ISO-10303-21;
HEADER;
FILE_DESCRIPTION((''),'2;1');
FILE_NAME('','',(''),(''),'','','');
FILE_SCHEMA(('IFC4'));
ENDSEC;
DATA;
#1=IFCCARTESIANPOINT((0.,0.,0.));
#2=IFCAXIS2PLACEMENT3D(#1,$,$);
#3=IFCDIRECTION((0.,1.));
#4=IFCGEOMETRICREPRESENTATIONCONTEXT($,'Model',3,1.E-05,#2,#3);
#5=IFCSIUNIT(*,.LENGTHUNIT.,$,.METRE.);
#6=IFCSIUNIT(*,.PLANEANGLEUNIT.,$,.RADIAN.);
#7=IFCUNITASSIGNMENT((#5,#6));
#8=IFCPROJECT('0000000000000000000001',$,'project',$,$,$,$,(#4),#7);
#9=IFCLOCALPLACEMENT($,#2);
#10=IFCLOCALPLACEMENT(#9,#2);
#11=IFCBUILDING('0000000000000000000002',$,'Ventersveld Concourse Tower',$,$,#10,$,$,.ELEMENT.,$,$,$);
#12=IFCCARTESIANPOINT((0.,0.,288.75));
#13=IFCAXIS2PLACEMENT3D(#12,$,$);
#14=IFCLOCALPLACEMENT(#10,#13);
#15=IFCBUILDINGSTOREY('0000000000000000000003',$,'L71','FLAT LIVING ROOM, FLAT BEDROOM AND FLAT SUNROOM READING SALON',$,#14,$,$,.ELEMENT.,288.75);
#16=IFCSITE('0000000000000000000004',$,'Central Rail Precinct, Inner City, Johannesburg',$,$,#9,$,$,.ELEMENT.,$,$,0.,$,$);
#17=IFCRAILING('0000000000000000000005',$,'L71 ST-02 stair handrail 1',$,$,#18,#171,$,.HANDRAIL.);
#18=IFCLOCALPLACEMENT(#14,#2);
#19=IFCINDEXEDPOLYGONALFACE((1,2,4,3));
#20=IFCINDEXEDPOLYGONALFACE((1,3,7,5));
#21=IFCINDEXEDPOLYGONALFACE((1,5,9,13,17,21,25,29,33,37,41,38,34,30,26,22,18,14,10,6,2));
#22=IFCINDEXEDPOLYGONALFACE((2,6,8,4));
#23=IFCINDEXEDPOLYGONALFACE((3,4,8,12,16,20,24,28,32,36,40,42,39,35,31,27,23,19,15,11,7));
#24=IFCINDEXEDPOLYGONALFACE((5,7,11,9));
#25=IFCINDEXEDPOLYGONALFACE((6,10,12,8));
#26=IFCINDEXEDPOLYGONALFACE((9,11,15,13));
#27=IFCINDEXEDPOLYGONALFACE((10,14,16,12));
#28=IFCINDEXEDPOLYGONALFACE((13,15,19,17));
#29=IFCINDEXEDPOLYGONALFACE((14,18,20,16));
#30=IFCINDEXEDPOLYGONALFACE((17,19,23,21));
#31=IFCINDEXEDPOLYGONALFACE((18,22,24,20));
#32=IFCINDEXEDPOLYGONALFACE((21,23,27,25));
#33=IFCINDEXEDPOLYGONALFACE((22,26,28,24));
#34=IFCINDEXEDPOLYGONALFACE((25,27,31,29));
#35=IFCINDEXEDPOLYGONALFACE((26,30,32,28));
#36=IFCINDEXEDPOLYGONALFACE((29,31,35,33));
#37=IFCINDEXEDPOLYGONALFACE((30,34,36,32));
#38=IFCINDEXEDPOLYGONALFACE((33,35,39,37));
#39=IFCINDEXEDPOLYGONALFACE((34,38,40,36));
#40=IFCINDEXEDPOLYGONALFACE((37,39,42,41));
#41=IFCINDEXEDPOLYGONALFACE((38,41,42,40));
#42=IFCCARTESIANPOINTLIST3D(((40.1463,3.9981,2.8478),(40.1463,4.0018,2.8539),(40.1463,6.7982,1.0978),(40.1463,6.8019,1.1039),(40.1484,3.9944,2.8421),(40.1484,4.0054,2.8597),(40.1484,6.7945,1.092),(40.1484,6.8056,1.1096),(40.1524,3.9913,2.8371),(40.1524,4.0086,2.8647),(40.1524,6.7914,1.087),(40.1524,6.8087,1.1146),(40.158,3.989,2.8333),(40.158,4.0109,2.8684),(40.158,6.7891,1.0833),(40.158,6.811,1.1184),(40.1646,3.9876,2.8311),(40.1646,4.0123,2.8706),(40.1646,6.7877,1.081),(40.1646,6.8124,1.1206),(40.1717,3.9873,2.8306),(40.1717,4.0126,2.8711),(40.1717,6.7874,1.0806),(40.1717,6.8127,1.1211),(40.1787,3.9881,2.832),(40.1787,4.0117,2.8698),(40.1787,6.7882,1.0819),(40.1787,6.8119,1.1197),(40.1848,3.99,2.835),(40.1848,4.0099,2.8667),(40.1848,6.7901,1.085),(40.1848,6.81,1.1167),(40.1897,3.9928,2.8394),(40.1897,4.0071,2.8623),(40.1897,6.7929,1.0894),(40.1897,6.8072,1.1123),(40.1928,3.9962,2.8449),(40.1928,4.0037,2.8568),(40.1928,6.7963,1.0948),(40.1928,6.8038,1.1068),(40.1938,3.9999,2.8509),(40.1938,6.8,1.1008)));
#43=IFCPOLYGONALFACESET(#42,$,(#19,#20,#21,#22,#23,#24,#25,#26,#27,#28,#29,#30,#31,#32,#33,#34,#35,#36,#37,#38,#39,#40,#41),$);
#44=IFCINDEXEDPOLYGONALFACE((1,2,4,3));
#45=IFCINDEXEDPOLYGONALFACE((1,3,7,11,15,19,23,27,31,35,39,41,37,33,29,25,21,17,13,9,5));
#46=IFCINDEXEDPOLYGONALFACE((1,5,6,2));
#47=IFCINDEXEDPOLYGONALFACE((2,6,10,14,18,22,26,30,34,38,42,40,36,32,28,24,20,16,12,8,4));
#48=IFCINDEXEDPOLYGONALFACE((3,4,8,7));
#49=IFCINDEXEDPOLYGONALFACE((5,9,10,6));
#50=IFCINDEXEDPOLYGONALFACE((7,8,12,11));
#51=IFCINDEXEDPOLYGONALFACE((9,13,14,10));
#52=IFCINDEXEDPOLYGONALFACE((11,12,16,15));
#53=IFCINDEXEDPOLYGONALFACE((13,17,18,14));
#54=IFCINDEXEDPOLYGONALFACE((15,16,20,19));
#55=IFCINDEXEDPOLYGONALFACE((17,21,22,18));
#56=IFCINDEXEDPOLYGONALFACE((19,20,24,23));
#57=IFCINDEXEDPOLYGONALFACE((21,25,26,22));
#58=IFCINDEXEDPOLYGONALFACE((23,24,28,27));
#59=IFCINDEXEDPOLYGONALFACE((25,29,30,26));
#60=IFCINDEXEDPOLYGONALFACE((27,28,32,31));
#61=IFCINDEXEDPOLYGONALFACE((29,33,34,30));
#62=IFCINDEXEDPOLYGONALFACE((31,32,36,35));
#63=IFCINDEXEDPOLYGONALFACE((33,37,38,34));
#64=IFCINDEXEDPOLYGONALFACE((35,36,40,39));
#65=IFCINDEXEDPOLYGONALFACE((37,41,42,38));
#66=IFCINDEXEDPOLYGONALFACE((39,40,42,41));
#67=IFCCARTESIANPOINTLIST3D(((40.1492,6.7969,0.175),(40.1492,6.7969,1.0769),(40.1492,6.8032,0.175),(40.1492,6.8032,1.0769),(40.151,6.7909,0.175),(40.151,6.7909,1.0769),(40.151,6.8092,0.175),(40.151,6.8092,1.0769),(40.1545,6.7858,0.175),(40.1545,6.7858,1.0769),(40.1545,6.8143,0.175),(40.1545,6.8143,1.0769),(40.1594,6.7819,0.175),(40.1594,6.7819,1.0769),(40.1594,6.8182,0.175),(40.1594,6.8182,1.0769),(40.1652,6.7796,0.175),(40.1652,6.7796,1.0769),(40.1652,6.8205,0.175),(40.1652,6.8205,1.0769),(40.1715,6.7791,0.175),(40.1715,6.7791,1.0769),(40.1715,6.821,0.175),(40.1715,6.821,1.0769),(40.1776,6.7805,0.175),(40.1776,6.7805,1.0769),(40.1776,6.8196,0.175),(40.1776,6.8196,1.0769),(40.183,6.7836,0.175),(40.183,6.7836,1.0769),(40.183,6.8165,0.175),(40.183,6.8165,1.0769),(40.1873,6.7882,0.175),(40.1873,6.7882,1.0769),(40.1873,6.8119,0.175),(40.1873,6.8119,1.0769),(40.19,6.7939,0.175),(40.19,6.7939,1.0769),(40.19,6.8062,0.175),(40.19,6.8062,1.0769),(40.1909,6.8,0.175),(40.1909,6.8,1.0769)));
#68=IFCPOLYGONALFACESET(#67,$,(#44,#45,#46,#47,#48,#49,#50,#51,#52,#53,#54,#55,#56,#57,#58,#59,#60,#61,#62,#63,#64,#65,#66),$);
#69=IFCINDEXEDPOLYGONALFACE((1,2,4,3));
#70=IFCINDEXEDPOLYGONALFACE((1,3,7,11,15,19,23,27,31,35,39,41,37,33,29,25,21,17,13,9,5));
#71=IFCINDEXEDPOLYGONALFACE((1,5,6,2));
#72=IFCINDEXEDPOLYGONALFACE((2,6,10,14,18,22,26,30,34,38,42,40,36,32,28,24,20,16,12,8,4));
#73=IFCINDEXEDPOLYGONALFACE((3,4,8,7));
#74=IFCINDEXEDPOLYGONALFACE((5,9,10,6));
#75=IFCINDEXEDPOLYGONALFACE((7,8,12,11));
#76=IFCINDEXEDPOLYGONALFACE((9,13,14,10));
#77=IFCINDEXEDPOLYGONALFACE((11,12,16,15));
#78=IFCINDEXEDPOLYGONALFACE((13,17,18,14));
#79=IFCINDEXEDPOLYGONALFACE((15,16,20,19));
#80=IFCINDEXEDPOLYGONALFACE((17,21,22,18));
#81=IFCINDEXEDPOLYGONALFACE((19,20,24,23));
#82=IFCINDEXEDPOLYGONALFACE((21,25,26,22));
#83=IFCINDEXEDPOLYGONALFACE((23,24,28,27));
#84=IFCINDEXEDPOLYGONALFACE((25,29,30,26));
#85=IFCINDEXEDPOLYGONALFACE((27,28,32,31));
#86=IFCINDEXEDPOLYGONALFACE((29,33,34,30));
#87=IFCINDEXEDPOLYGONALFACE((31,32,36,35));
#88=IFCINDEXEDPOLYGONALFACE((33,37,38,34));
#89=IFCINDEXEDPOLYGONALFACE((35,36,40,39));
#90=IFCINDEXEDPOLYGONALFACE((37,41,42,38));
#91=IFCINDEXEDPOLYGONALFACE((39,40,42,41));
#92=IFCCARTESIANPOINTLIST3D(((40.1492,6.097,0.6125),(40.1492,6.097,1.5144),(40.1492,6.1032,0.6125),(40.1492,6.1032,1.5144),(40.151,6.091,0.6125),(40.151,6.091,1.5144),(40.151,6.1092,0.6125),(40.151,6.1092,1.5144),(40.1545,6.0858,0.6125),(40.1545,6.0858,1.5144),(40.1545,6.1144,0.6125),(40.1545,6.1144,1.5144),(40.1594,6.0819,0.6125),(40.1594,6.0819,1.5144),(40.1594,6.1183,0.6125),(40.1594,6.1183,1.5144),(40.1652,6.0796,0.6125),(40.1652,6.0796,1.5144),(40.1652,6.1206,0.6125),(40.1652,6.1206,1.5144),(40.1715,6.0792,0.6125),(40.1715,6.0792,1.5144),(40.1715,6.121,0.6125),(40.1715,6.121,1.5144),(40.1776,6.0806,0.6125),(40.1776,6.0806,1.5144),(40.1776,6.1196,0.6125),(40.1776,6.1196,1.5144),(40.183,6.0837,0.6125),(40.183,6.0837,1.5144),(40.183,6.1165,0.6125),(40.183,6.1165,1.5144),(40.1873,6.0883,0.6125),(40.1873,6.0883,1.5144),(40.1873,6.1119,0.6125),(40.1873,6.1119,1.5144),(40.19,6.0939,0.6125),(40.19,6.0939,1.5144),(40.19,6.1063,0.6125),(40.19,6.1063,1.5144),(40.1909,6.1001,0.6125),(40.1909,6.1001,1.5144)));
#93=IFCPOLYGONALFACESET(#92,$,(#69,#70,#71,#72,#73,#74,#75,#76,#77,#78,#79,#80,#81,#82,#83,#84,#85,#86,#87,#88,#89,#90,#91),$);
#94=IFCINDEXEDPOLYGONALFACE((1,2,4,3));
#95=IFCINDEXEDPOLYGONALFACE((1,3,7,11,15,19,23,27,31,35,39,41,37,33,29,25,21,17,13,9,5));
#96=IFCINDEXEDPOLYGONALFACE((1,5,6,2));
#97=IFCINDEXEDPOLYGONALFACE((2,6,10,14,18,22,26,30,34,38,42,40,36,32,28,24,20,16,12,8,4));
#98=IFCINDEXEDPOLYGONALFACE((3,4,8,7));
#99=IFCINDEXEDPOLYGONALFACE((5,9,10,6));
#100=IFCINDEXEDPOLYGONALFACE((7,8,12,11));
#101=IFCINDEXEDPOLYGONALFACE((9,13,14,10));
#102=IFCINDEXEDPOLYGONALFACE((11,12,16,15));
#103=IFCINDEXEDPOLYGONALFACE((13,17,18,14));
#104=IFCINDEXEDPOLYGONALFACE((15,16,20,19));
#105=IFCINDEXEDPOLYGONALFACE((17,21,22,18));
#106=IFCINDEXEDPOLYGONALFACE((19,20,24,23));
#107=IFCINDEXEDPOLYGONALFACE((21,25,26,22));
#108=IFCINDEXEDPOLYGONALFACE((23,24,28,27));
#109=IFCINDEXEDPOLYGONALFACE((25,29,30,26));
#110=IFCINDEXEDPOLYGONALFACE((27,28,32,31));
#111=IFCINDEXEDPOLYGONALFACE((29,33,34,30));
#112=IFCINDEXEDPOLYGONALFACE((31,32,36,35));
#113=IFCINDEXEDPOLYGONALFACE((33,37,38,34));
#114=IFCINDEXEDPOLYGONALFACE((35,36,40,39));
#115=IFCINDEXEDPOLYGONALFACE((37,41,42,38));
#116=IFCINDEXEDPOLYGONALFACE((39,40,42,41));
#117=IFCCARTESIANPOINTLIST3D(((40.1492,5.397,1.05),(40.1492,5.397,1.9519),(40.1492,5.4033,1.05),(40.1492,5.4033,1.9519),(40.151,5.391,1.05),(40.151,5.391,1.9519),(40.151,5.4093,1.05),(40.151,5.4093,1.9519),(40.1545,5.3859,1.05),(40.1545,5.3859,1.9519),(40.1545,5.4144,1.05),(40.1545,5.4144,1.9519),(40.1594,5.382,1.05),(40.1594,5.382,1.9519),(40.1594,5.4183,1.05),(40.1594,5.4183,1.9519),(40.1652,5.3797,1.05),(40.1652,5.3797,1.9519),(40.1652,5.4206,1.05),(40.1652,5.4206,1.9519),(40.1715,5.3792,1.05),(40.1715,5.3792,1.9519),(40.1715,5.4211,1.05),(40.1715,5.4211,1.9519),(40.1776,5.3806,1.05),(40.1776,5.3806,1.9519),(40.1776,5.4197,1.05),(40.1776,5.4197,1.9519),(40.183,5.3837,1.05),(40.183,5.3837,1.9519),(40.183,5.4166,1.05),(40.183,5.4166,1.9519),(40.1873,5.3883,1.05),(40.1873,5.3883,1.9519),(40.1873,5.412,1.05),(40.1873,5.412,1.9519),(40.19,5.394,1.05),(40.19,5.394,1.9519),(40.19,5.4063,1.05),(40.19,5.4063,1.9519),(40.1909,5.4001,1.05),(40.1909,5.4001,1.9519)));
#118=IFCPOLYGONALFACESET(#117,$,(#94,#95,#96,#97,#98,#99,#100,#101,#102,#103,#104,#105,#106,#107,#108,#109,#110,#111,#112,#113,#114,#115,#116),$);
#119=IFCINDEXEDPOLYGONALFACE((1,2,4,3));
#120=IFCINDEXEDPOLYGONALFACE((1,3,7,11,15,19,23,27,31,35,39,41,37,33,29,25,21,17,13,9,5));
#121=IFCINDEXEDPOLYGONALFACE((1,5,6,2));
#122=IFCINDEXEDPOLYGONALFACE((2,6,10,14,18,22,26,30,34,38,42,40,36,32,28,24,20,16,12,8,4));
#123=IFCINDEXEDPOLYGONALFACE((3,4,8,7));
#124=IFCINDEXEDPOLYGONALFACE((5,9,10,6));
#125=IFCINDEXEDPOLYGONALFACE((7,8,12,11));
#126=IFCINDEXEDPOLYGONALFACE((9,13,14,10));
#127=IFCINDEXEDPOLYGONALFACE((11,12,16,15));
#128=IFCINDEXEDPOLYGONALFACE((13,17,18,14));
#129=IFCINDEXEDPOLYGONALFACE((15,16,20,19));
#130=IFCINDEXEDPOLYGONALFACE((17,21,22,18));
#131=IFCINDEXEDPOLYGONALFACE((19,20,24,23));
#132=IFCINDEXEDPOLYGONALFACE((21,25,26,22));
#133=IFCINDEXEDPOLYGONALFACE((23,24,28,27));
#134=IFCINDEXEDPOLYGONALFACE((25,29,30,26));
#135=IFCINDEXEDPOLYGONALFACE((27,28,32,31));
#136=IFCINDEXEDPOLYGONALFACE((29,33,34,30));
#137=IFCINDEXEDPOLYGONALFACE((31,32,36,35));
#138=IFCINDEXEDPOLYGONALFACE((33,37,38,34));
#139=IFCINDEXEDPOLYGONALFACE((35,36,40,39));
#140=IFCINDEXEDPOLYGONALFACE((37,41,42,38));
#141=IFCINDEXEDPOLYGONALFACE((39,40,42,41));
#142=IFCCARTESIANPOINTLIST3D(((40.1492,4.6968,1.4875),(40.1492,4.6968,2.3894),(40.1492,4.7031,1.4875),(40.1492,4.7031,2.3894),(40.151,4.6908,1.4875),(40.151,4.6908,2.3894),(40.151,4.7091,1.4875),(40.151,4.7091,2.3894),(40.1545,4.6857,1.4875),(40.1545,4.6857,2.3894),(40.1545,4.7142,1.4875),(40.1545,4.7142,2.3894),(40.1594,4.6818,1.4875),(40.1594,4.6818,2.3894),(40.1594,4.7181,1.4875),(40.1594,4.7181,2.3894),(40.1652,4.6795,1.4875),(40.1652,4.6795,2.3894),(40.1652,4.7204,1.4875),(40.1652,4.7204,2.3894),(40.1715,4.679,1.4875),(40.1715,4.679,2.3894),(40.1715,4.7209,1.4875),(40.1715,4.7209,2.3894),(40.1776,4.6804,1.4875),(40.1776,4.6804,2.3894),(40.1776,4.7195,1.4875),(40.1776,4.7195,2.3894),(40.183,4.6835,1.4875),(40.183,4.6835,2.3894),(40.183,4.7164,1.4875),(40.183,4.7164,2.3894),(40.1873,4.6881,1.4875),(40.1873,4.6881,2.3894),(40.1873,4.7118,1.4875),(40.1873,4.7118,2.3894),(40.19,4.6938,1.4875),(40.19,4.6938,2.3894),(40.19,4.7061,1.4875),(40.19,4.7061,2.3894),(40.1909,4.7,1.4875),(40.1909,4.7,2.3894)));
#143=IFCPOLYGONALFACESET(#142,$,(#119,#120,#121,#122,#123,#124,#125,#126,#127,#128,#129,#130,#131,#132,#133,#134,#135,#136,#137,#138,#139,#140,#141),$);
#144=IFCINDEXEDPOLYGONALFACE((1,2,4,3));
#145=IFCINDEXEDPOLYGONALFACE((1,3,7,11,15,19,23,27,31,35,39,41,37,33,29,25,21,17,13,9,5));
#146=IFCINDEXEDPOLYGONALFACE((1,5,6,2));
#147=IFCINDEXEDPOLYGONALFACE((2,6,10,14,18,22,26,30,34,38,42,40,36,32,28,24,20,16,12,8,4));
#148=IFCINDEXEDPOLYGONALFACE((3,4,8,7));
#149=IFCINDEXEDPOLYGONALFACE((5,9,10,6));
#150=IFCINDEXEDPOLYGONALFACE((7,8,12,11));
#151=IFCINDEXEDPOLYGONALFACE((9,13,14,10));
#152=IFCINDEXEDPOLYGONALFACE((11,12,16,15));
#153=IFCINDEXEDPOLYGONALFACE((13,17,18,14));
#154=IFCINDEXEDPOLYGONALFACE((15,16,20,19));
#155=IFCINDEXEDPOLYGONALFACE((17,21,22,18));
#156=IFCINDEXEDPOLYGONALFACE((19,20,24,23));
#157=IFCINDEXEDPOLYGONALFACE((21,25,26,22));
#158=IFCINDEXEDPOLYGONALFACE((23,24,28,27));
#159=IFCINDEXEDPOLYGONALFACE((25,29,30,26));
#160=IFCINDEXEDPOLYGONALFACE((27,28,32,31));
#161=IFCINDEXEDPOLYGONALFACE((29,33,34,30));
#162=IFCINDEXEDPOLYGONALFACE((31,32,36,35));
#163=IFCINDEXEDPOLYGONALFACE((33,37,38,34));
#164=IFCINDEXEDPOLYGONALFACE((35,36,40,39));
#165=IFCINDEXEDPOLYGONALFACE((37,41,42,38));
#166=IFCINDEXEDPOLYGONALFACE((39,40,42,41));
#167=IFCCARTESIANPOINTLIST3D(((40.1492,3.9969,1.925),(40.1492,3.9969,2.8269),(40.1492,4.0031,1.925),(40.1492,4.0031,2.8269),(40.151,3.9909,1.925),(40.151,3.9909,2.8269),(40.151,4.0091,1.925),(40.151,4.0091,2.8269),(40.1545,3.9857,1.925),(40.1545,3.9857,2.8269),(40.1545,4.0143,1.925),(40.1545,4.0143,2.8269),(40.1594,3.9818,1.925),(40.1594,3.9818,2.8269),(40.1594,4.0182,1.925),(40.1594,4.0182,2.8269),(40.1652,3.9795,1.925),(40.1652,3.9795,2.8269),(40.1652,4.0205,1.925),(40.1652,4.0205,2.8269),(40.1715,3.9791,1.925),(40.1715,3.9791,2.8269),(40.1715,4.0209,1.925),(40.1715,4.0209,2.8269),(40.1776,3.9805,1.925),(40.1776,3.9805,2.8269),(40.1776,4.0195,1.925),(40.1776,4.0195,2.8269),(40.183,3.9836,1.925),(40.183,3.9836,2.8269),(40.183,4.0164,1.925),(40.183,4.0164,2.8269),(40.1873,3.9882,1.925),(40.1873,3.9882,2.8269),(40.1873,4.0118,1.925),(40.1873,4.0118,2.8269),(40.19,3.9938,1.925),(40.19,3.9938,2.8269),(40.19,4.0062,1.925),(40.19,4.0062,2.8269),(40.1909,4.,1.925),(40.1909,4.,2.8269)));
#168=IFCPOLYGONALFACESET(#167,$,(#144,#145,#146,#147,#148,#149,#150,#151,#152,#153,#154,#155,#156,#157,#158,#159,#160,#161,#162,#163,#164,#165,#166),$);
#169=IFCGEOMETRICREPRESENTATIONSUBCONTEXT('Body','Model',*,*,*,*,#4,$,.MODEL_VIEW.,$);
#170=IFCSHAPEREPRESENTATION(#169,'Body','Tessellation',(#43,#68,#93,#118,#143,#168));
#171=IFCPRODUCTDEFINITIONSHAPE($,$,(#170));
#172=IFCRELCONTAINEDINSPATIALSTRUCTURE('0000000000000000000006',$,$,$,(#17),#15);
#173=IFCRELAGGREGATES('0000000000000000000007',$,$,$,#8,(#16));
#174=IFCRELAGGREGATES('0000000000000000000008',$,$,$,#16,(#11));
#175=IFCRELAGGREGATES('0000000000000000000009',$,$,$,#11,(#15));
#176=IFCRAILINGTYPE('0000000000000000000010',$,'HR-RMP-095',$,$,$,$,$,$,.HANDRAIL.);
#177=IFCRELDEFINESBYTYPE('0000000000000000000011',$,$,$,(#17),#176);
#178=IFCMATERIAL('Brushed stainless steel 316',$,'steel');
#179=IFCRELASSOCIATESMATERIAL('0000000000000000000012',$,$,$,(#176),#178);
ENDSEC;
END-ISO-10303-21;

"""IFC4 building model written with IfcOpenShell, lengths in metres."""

from ifc_helpers import new_model, si_unit, direction, frame, origin, origin_2d, place, context, subcontext, project, spatial, circle, extrude, material, type_object, element, save


model = new_model("IFC4")

# Units and contexts
model_context = context("Model", 3, precision=1e-05, world=origin(), true_north=direction((0.0, 1.0)))
body_context = subcontext(model_context, "Body", "Model", "MODEL_VIEW")
ifc_project = project(units=[si_unit("LENGTHUNIT", "METRE"), si_unit("PLANEANGLEUNIT", "RADIAN")], contexts=[model_context])

# Site, building, storey
site_placement = place(None, origin())
site = spatial("IfcSite", under=ifc_project, at=site_placement, Name="Central Rail Precinct, Inner City, Johannesburg", CompositionType="ELEMENT", RefElevation=0.0)
building_placement = place(site_placement, origin())
building = spatial("IfcBuilding", under=site, at=building_placement, Name="Ventersveld Concourse Tower", CompositionType="ELEMENT")
storey_placement = place(building_placement, frame((0.0, 0.0, 288.75)))
storey = spatial("IfcBuildingStorey", under=building, at=storey_placement, Name="L71", Description="FLAT LIVING ROOM, FLAT BEDROOM AND FLAT SUNROOM READING SALON", CompositionType="ELEMENT", Elevation=288.75)

# Railing
ifc_material_1 = material(Name="Brushed stainless steel 316", Category="steel")
railing_type_1 = type_object("IfcRailingType", Name="HR-RMP-095", PredefinedType="HANDRAIL", material=ifc_material_1)
railing_1_placement = place(storey_placement, frame((40.1699, 6.8, 0.175)))
element("IfcRailing", 1, at=railing_1_placement, inside=storey, type_object=railing_type_1, Name="L71 ST-02 stair handrail 1", PredefinedType="HANDRAIL", context=body_context, shape_type="SweptSolid", body=[
    extrude(circle(Radius=0.0239, at=origin_2d()), frame((0.0, 0.0, 0.9258), z_axis=(0.0, -0.848002, 0.529992), x_axis=(1.0, 0.0, 0.0)), (0.0, 0.0, 1.0), 3.302),
    extrude(circle(Radius=0.021, at=origin_2d()), origin(), (0.0, 0.0, 1.0), 0.9019),
    extrude(circle(Radius=0.021, at=origin_2d()), frame((0.0, -0.7, 0.4375)), (0.0, 0.0, 1.0), 0.9019),
    extrude(circle(Radius=0.021, at=origin_2d()), frame((0.0, -1.3999, 0.875)), (0.0, 0.0, 1.0), 0.9019),
    extrude(circle(Radius=0.021, at=origin_2d()), frame((0.0, -2.1001, 1.3125)), (0.0, 0.0, 1.0), 0.9019),
    extrude(circle(Radius=0.021, at=origin_2d()), frame((0.0, -2.8, 1.75)), (0.0, 0.0, 1.0), 0.9019),
])

save(model, "model.ifc")
